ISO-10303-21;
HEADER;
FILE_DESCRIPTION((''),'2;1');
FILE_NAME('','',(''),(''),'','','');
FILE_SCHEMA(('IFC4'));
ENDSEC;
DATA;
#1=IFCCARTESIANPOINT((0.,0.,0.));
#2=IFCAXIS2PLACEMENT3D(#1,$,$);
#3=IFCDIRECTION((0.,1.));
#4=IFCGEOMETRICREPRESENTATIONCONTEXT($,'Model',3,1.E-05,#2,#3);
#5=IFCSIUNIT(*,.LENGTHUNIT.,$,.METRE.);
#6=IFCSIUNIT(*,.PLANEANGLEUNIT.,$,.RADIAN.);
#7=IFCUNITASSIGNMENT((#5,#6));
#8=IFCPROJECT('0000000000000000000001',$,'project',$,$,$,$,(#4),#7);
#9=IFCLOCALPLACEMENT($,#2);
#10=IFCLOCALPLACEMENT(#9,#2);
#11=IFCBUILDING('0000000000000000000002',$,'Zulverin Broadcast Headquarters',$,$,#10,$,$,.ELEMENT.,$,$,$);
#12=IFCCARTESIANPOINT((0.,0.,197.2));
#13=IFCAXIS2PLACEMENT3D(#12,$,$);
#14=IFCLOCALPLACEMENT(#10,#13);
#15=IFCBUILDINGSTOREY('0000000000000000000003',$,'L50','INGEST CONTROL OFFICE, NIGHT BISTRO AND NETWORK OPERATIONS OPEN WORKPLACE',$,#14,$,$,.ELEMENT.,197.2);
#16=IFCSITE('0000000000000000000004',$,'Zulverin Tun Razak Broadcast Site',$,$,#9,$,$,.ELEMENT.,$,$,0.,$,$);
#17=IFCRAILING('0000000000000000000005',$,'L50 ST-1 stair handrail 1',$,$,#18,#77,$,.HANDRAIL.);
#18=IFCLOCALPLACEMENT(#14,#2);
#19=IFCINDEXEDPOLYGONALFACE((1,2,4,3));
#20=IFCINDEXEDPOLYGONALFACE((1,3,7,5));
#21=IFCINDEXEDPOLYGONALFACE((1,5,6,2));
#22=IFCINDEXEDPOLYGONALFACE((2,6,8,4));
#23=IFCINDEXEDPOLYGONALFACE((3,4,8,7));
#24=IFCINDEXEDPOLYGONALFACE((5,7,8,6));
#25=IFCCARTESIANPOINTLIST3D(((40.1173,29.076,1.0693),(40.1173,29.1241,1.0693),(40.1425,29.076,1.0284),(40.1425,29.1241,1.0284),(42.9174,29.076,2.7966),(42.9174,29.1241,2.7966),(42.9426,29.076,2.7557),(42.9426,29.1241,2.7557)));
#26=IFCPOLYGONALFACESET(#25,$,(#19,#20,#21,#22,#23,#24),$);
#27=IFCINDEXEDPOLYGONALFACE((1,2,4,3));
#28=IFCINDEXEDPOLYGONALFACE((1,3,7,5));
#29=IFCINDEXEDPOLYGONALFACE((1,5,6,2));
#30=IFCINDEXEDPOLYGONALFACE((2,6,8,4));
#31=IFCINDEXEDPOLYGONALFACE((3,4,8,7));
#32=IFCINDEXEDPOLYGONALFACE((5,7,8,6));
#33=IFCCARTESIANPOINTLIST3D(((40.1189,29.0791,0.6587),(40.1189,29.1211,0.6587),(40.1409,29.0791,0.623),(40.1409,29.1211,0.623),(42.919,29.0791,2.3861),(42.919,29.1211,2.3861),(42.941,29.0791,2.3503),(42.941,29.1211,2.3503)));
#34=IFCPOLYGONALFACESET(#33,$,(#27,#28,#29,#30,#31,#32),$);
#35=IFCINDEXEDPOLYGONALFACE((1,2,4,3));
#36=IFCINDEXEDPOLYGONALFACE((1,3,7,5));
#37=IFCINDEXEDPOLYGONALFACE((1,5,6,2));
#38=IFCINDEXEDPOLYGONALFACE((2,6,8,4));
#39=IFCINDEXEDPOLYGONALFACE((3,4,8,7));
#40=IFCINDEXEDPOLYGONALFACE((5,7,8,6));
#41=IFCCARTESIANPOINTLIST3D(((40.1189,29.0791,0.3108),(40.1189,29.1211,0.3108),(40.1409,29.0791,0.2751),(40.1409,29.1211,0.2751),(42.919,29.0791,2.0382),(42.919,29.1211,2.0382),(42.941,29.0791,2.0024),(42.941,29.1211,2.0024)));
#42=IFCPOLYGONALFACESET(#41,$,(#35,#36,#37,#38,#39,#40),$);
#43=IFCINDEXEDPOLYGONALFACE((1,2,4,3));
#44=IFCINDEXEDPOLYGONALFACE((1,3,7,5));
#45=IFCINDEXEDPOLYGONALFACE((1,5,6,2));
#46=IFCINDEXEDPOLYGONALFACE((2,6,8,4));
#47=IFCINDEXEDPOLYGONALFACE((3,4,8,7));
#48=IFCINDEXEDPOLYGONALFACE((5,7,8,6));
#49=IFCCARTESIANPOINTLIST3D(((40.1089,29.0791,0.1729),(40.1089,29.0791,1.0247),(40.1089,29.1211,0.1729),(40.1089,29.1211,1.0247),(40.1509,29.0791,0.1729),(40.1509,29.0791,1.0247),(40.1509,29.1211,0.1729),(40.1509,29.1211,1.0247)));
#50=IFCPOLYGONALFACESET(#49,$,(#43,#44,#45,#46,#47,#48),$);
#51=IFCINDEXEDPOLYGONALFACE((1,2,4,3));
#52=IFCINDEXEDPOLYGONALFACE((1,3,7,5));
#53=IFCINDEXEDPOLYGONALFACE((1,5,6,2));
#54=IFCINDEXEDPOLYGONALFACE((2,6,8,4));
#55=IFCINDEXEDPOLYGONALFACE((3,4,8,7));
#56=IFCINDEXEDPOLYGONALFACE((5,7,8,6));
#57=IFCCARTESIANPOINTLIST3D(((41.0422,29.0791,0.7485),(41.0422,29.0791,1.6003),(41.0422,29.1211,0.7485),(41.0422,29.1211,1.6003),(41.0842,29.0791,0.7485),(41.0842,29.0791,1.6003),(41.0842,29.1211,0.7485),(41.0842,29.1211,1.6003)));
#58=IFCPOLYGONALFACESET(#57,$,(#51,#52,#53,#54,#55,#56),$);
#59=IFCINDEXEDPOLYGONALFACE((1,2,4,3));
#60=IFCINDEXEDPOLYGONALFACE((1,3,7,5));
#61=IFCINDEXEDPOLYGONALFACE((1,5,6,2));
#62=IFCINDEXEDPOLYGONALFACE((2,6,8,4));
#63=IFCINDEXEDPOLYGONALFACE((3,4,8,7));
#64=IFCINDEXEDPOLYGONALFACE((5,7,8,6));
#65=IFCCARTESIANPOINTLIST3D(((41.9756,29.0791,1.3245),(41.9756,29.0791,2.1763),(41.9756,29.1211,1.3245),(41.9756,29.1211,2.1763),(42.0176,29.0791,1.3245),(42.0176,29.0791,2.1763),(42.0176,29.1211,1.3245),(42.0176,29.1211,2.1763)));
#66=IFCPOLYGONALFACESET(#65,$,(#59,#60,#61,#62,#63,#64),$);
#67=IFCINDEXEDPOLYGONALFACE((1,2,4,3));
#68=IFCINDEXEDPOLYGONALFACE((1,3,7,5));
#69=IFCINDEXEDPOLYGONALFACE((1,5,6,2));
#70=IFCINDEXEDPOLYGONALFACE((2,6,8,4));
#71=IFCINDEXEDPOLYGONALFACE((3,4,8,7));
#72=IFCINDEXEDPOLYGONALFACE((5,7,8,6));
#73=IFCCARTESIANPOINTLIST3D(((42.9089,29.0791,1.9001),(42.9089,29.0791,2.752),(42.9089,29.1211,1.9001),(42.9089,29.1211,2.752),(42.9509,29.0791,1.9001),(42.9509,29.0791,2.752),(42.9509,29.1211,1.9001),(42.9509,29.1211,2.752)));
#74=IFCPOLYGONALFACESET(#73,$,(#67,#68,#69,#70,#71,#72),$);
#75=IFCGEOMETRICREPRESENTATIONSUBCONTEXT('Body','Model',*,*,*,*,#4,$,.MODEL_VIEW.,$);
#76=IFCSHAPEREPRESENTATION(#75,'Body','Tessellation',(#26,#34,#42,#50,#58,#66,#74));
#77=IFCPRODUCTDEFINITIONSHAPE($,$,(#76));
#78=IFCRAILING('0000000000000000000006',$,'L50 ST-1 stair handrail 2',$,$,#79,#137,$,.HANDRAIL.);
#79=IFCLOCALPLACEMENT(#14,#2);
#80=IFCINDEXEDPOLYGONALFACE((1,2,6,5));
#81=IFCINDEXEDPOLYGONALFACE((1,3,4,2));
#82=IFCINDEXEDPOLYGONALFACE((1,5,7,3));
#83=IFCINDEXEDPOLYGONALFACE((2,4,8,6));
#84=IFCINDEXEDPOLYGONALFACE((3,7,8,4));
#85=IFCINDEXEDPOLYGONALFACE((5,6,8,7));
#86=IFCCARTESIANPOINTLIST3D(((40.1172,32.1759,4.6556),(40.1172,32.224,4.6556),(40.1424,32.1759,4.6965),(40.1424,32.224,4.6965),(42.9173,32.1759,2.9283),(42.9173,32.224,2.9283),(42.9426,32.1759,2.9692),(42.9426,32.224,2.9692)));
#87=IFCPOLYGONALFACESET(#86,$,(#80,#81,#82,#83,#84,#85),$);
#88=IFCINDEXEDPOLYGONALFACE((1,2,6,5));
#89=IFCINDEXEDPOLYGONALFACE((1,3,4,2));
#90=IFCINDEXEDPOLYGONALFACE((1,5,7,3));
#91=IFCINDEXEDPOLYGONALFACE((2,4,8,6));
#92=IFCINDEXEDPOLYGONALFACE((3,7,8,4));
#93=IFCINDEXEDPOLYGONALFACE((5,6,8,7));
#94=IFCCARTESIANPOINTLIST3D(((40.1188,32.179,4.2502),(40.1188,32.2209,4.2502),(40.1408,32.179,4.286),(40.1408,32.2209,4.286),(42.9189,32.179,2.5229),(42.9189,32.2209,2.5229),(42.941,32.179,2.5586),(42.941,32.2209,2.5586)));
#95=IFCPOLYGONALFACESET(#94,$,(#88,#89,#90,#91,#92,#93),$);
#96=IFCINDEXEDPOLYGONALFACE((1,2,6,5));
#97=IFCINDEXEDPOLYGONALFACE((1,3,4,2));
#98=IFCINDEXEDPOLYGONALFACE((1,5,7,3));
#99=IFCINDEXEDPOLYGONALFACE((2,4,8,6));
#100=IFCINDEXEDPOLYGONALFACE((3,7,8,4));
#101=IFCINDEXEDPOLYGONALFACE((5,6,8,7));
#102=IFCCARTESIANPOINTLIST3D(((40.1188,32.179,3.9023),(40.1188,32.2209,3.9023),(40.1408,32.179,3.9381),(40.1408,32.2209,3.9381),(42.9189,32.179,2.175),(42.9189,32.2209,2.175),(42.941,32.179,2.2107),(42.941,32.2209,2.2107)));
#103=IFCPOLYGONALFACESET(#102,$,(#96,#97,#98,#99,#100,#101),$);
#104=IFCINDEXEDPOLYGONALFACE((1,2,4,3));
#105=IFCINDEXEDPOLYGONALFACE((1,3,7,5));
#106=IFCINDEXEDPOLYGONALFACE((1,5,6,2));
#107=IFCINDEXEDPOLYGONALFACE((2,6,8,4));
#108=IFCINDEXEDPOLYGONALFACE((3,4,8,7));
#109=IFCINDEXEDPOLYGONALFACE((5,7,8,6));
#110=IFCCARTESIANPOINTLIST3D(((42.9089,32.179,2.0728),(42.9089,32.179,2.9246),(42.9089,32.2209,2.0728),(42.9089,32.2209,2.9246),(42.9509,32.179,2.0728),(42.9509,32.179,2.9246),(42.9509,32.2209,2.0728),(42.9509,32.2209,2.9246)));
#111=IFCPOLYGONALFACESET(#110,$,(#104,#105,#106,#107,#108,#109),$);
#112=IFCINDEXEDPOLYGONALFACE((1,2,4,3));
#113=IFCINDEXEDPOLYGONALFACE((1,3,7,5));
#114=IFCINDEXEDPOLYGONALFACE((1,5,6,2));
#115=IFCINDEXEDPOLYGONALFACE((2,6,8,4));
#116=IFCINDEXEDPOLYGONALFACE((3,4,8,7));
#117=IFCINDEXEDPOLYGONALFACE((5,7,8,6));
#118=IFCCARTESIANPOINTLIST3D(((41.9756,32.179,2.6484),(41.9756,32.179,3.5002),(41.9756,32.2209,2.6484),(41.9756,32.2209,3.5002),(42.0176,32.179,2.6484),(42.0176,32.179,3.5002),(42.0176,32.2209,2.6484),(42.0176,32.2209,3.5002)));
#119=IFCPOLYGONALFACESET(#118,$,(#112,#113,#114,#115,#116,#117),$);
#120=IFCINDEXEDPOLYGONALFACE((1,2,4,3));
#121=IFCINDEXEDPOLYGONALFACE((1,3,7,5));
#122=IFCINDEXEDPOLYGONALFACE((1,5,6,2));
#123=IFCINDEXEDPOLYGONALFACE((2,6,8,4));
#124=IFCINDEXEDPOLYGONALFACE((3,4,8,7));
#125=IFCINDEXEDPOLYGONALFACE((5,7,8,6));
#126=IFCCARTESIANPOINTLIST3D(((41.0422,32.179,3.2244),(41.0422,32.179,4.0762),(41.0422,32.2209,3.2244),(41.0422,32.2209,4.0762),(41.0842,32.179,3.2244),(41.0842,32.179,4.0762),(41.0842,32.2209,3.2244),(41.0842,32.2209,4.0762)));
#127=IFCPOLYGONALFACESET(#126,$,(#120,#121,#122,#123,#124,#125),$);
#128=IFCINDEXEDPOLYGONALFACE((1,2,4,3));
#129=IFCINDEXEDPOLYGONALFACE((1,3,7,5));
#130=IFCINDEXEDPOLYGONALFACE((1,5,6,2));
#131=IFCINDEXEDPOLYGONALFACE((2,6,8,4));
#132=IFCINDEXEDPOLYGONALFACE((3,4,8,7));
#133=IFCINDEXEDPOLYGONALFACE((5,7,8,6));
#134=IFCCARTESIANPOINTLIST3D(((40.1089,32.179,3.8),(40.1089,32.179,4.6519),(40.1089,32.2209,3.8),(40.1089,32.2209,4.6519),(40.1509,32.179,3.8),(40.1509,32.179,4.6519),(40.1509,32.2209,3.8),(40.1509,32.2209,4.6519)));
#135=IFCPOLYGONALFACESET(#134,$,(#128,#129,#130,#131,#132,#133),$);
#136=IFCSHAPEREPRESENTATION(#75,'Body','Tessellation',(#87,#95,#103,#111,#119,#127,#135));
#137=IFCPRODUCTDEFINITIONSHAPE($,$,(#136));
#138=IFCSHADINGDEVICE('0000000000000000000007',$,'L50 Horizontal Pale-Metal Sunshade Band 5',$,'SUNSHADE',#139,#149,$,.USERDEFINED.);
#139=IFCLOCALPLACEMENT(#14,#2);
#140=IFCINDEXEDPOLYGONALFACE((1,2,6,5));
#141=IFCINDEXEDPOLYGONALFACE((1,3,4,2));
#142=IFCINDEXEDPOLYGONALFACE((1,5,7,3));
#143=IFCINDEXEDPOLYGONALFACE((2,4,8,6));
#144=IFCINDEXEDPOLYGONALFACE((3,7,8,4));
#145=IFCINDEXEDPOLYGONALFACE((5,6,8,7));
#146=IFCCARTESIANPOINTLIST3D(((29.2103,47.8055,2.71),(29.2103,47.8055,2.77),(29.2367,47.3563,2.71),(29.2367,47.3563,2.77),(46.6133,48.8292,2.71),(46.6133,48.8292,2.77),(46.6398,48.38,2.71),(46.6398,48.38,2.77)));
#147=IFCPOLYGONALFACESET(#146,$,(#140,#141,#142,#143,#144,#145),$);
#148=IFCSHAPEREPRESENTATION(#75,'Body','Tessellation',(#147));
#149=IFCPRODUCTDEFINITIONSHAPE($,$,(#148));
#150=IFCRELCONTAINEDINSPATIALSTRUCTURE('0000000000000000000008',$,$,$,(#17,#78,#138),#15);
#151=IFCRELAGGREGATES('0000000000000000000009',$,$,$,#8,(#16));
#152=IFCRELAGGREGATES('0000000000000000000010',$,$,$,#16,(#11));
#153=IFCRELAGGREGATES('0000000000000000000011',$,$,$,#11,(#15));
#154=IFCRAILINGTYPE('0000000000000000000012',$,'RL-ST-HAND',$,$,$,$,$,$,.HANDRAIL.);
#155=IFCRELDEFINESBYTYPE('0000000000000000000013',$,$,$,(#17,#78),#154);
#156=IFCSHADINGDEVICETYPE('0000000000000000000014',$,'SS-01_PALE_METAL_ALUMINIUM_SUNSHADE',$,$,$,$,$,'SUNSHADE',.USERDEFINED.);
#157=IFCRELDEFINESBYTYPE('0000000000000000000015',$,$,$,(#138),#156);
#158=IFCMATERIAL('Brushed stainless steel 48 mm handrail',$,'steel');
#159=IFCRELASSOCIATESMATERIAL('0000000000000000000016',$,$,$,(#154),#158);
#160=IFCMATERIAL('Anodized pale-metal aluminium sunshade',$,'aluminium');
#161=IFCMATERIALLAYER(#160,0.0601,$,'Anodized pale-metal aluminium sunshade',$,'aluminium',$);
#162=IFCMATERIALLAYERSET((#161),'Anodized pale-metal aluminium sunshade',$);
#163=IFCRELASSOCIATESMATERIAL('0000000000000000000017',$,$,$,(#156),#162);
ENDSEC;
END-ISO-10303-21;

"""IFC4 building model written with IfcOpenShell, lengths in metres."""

from ifc_helpers import new_model, si_unit, direction, frame, origin, origin_2d, place, context, subcontext, project, spatial, rectangle, extrude, material, layer, layer_set, type_object, element, save


model = new_model("IFC4")

# Units and contexts
model_context = context("Model", 3, precision=1e-05, world=origin(), true_north=direction((0.0, 1.0)))
body_context = subcontext(model_context, "Body", "Model", "MODEL_VIEW")
ifc_project = project(units=[si_unit("LENGTHUNIT", "METRE"), si_unit("PLANEANGLEUNIT", "RADIAN")], contexts=[model_context])

# Site, building, storey
site_placement = place(None, origin())
site = spatial("IfcSite", under=ifc_project, at=site_placement, Name="Zulverin Tun Razak Broadcast Site", CompositionType="ELEMENT", RefElevation=0.0)
building_placement = place(site_placement, origin())
building = spatial("IfcBuilding", under=site, at=building_placement, Name="Zulverin Broadcast Headquarters", CompositionType="ELEMENT")
storey_placement = place(building_placement, frame((0.0, 0.0, 197.2)))
storey = spatial("IfcBuildingStorey", under=building, at=storey_placement, Name="L50", Description="INGEST CONTROL OFFICE, NIGHT BISTRO AND NETWORK OPERATIONS OPEN WORKPLACE", CompositionType="ELEMENT", Elevation=197.2)

# Railings
ifc_material_1 = material(Name="Brushed stainless steel 48 mm handrail", Category="steel")
railing_type_1 = type_object("IfcRailingType", Name="RL-ST-HAND", PredefinedType="HANDRAIL", material=ifc_material_1)
railing_1_placement = place(storey_placement, frame((40.1299, 29.1001, 0.1729)))
element("IfcRailing", 1, at=railing_1_placement, inside=storey, type_object=railing_type_1, Name="L50 ST-1 stair handrail 1", PredefinedType="HANDRAIL", context=body_context, shape_type="SweptSolid", body=[
    extrude(rectangle(XDim=0.0481, YDim=0.0481, at=origin_2d()), frame((0.0, 0.0, 0.876), z_axis=(0.85109, 0.0, 0.52502), x_axis=(0.0, 1.0, 0.0)), (0.0, 0.0, 1.0), 3.29),
    extrude(rectangle(XDim=0.042, YDim=0.042, at=origin_2d()), frame((0.0, 0.0, 0.468), z_axis=(0.85109, 0.0, 0.52502), x_axis=(0.0, 1.0, 0.0)), (0.0, 0.0, 1.0), 3.29),
    extrude(rectangle(XDim=0.042, YDim=0.042, at=origin_2d()), frame((0.0, 0.0, 0.1201), z_axis=(0.85109, 0.0, 0.52502), x_axis=(0.0, 1.0, 0.0)), (0.0, 0.0, 1.0), 3.29),
    extrude(rectangle(XDim=0.042, YDim=0.042, at=origin_2d()), origin(), (0.0, 0.0, 1.0), 0.8518),
    extrude(rectangle(XDim=0.042, YDim=0.042, at=origin_2d()), frame((0.9333, 0.0, 0.5757)), (0.0, 0.0, 1.0), 0.8518),
    extrude(rectangle(XDim=0.042, YDim=0.042, at=origin_2d()), frame((1.8667, 0.0, 1.1516)), (0.0, 0.0, 1.0), 0.8518),
    extrude(rectangle(XDim=0.042, YDim=0.042, at=origin_2d()), frame((2.8, 0.0, 1.7273)), (0.0, 0.0, 1.0), 0.8518),
])
railing_2_placement = place(storey_placement, frame((42.9299, 32.2, 2.0728)))
element("IfcRailing", 2, at=railing_2_placement, inside=storey, type_object=railing_type_1, Name="L50 ST-1 stair handrail 2", PredefinedType="HANDRAIL", context=body_context, shape_type="SweptSolid", body=[
    extrude(rectangle(XDim=0.0481, YDim=0.0481, at=origin_2d()), frame((0.0, 0.0, 0.876), z_axis=(-0.85109, 0.0, 0.52502), x_axis=(0.0, -1.0, 0.0)), (0.0, 0.0, 1.0), 3.29),
    extrude(rectangle(XDim=0.042, YDim=0.042, at=origin_2d()), frame((0.0, 0.0, 0.468), z_axis=(-0.85109, 0.0, 0.52502), x_axis=(0.0, -1.0, 0.0)), (0.0, 0.0, 1.0), 3.29),
    extrude(rectangle(XDim=0.042, YDim=0.042, at=origin_2d()), frame((0.0, 0.0, 0.1201), z_axis=(-0.85109, 0.0, 0.52502), x_axis=(0.0, -1.0, 0.0)), (0.0, 0.0, 1.0), 3.29),
    extrude(rectangle(XDim=0.042, YDim=0.042, at=origin_2d()), origin(), (0.0, 0.0, 1.0), 0.8518),
    extrude(rectangle(XDim=0.042, YDim=0.042, at=origin_2d()), frame((-0.9333, 0.0, 0.5757)), (0.0, 0.0, 1.0), 0.8518),
    extrude(rectangle(XDim=0.042, YDim=0.042, at=origin_2d()), frame((-1.8667, 0.0, 1.1516)), (0.0, 0.0, 1.0), 0.8518),
    extrude(rectangle(XDim=0.042, YDim=0.042, at=origin_2d()), frame((-2.8, 0.0, 1.7273)), (0.0, 0.0, 1.0), 0.8518),
])

# Shading device
ifc_material_2 = material(Name="Anodized pale-metal aluminium sunshade", Category="aluminium")
ifc_layer_1 = layer(ifc_material_2, 0.0601, Name="Anodized pale-metal aluminium sunshade", Category="aluminium")
ifc_layer_set_1 = layer_set([ifc_layer_1], Name="Anodized pale-metal aluminium sunshade")
shading_device_type = type_object("IfcShadingDeviceType", Name="SS-01_PALE_METAL_ALUMINIUM_SUNSHADE", ElementType="SUNSHADE", PredefinedType="USERDEFINED", material=ifc_layer_set_1)
shading_device_placement = place(storey_placement, frame((37.925, 48.0928, 2.71), z_axis=(0.0, 0.0, 1.0), x_axis=(-0.998274, -0.058723, 0.0)))
element("IfcShadingDevice", 3, at=shading_device_placement, inside=storey, type_object=shading_device_type, Name="L50 Horizontal Pale-Metal Sunshade Band 5", ObjectType="SUNSHADE", PredefinedType="USERDEFINED", context=body_context, shape_type="SweptSolid", body=[
    extrude(rectangle(XDim=17.4331, YDim=0.45, at=origin_2d()), origin(), (0.0, 0.0, 1.0), 0.0601),
])

save(model, "model.ifc")
